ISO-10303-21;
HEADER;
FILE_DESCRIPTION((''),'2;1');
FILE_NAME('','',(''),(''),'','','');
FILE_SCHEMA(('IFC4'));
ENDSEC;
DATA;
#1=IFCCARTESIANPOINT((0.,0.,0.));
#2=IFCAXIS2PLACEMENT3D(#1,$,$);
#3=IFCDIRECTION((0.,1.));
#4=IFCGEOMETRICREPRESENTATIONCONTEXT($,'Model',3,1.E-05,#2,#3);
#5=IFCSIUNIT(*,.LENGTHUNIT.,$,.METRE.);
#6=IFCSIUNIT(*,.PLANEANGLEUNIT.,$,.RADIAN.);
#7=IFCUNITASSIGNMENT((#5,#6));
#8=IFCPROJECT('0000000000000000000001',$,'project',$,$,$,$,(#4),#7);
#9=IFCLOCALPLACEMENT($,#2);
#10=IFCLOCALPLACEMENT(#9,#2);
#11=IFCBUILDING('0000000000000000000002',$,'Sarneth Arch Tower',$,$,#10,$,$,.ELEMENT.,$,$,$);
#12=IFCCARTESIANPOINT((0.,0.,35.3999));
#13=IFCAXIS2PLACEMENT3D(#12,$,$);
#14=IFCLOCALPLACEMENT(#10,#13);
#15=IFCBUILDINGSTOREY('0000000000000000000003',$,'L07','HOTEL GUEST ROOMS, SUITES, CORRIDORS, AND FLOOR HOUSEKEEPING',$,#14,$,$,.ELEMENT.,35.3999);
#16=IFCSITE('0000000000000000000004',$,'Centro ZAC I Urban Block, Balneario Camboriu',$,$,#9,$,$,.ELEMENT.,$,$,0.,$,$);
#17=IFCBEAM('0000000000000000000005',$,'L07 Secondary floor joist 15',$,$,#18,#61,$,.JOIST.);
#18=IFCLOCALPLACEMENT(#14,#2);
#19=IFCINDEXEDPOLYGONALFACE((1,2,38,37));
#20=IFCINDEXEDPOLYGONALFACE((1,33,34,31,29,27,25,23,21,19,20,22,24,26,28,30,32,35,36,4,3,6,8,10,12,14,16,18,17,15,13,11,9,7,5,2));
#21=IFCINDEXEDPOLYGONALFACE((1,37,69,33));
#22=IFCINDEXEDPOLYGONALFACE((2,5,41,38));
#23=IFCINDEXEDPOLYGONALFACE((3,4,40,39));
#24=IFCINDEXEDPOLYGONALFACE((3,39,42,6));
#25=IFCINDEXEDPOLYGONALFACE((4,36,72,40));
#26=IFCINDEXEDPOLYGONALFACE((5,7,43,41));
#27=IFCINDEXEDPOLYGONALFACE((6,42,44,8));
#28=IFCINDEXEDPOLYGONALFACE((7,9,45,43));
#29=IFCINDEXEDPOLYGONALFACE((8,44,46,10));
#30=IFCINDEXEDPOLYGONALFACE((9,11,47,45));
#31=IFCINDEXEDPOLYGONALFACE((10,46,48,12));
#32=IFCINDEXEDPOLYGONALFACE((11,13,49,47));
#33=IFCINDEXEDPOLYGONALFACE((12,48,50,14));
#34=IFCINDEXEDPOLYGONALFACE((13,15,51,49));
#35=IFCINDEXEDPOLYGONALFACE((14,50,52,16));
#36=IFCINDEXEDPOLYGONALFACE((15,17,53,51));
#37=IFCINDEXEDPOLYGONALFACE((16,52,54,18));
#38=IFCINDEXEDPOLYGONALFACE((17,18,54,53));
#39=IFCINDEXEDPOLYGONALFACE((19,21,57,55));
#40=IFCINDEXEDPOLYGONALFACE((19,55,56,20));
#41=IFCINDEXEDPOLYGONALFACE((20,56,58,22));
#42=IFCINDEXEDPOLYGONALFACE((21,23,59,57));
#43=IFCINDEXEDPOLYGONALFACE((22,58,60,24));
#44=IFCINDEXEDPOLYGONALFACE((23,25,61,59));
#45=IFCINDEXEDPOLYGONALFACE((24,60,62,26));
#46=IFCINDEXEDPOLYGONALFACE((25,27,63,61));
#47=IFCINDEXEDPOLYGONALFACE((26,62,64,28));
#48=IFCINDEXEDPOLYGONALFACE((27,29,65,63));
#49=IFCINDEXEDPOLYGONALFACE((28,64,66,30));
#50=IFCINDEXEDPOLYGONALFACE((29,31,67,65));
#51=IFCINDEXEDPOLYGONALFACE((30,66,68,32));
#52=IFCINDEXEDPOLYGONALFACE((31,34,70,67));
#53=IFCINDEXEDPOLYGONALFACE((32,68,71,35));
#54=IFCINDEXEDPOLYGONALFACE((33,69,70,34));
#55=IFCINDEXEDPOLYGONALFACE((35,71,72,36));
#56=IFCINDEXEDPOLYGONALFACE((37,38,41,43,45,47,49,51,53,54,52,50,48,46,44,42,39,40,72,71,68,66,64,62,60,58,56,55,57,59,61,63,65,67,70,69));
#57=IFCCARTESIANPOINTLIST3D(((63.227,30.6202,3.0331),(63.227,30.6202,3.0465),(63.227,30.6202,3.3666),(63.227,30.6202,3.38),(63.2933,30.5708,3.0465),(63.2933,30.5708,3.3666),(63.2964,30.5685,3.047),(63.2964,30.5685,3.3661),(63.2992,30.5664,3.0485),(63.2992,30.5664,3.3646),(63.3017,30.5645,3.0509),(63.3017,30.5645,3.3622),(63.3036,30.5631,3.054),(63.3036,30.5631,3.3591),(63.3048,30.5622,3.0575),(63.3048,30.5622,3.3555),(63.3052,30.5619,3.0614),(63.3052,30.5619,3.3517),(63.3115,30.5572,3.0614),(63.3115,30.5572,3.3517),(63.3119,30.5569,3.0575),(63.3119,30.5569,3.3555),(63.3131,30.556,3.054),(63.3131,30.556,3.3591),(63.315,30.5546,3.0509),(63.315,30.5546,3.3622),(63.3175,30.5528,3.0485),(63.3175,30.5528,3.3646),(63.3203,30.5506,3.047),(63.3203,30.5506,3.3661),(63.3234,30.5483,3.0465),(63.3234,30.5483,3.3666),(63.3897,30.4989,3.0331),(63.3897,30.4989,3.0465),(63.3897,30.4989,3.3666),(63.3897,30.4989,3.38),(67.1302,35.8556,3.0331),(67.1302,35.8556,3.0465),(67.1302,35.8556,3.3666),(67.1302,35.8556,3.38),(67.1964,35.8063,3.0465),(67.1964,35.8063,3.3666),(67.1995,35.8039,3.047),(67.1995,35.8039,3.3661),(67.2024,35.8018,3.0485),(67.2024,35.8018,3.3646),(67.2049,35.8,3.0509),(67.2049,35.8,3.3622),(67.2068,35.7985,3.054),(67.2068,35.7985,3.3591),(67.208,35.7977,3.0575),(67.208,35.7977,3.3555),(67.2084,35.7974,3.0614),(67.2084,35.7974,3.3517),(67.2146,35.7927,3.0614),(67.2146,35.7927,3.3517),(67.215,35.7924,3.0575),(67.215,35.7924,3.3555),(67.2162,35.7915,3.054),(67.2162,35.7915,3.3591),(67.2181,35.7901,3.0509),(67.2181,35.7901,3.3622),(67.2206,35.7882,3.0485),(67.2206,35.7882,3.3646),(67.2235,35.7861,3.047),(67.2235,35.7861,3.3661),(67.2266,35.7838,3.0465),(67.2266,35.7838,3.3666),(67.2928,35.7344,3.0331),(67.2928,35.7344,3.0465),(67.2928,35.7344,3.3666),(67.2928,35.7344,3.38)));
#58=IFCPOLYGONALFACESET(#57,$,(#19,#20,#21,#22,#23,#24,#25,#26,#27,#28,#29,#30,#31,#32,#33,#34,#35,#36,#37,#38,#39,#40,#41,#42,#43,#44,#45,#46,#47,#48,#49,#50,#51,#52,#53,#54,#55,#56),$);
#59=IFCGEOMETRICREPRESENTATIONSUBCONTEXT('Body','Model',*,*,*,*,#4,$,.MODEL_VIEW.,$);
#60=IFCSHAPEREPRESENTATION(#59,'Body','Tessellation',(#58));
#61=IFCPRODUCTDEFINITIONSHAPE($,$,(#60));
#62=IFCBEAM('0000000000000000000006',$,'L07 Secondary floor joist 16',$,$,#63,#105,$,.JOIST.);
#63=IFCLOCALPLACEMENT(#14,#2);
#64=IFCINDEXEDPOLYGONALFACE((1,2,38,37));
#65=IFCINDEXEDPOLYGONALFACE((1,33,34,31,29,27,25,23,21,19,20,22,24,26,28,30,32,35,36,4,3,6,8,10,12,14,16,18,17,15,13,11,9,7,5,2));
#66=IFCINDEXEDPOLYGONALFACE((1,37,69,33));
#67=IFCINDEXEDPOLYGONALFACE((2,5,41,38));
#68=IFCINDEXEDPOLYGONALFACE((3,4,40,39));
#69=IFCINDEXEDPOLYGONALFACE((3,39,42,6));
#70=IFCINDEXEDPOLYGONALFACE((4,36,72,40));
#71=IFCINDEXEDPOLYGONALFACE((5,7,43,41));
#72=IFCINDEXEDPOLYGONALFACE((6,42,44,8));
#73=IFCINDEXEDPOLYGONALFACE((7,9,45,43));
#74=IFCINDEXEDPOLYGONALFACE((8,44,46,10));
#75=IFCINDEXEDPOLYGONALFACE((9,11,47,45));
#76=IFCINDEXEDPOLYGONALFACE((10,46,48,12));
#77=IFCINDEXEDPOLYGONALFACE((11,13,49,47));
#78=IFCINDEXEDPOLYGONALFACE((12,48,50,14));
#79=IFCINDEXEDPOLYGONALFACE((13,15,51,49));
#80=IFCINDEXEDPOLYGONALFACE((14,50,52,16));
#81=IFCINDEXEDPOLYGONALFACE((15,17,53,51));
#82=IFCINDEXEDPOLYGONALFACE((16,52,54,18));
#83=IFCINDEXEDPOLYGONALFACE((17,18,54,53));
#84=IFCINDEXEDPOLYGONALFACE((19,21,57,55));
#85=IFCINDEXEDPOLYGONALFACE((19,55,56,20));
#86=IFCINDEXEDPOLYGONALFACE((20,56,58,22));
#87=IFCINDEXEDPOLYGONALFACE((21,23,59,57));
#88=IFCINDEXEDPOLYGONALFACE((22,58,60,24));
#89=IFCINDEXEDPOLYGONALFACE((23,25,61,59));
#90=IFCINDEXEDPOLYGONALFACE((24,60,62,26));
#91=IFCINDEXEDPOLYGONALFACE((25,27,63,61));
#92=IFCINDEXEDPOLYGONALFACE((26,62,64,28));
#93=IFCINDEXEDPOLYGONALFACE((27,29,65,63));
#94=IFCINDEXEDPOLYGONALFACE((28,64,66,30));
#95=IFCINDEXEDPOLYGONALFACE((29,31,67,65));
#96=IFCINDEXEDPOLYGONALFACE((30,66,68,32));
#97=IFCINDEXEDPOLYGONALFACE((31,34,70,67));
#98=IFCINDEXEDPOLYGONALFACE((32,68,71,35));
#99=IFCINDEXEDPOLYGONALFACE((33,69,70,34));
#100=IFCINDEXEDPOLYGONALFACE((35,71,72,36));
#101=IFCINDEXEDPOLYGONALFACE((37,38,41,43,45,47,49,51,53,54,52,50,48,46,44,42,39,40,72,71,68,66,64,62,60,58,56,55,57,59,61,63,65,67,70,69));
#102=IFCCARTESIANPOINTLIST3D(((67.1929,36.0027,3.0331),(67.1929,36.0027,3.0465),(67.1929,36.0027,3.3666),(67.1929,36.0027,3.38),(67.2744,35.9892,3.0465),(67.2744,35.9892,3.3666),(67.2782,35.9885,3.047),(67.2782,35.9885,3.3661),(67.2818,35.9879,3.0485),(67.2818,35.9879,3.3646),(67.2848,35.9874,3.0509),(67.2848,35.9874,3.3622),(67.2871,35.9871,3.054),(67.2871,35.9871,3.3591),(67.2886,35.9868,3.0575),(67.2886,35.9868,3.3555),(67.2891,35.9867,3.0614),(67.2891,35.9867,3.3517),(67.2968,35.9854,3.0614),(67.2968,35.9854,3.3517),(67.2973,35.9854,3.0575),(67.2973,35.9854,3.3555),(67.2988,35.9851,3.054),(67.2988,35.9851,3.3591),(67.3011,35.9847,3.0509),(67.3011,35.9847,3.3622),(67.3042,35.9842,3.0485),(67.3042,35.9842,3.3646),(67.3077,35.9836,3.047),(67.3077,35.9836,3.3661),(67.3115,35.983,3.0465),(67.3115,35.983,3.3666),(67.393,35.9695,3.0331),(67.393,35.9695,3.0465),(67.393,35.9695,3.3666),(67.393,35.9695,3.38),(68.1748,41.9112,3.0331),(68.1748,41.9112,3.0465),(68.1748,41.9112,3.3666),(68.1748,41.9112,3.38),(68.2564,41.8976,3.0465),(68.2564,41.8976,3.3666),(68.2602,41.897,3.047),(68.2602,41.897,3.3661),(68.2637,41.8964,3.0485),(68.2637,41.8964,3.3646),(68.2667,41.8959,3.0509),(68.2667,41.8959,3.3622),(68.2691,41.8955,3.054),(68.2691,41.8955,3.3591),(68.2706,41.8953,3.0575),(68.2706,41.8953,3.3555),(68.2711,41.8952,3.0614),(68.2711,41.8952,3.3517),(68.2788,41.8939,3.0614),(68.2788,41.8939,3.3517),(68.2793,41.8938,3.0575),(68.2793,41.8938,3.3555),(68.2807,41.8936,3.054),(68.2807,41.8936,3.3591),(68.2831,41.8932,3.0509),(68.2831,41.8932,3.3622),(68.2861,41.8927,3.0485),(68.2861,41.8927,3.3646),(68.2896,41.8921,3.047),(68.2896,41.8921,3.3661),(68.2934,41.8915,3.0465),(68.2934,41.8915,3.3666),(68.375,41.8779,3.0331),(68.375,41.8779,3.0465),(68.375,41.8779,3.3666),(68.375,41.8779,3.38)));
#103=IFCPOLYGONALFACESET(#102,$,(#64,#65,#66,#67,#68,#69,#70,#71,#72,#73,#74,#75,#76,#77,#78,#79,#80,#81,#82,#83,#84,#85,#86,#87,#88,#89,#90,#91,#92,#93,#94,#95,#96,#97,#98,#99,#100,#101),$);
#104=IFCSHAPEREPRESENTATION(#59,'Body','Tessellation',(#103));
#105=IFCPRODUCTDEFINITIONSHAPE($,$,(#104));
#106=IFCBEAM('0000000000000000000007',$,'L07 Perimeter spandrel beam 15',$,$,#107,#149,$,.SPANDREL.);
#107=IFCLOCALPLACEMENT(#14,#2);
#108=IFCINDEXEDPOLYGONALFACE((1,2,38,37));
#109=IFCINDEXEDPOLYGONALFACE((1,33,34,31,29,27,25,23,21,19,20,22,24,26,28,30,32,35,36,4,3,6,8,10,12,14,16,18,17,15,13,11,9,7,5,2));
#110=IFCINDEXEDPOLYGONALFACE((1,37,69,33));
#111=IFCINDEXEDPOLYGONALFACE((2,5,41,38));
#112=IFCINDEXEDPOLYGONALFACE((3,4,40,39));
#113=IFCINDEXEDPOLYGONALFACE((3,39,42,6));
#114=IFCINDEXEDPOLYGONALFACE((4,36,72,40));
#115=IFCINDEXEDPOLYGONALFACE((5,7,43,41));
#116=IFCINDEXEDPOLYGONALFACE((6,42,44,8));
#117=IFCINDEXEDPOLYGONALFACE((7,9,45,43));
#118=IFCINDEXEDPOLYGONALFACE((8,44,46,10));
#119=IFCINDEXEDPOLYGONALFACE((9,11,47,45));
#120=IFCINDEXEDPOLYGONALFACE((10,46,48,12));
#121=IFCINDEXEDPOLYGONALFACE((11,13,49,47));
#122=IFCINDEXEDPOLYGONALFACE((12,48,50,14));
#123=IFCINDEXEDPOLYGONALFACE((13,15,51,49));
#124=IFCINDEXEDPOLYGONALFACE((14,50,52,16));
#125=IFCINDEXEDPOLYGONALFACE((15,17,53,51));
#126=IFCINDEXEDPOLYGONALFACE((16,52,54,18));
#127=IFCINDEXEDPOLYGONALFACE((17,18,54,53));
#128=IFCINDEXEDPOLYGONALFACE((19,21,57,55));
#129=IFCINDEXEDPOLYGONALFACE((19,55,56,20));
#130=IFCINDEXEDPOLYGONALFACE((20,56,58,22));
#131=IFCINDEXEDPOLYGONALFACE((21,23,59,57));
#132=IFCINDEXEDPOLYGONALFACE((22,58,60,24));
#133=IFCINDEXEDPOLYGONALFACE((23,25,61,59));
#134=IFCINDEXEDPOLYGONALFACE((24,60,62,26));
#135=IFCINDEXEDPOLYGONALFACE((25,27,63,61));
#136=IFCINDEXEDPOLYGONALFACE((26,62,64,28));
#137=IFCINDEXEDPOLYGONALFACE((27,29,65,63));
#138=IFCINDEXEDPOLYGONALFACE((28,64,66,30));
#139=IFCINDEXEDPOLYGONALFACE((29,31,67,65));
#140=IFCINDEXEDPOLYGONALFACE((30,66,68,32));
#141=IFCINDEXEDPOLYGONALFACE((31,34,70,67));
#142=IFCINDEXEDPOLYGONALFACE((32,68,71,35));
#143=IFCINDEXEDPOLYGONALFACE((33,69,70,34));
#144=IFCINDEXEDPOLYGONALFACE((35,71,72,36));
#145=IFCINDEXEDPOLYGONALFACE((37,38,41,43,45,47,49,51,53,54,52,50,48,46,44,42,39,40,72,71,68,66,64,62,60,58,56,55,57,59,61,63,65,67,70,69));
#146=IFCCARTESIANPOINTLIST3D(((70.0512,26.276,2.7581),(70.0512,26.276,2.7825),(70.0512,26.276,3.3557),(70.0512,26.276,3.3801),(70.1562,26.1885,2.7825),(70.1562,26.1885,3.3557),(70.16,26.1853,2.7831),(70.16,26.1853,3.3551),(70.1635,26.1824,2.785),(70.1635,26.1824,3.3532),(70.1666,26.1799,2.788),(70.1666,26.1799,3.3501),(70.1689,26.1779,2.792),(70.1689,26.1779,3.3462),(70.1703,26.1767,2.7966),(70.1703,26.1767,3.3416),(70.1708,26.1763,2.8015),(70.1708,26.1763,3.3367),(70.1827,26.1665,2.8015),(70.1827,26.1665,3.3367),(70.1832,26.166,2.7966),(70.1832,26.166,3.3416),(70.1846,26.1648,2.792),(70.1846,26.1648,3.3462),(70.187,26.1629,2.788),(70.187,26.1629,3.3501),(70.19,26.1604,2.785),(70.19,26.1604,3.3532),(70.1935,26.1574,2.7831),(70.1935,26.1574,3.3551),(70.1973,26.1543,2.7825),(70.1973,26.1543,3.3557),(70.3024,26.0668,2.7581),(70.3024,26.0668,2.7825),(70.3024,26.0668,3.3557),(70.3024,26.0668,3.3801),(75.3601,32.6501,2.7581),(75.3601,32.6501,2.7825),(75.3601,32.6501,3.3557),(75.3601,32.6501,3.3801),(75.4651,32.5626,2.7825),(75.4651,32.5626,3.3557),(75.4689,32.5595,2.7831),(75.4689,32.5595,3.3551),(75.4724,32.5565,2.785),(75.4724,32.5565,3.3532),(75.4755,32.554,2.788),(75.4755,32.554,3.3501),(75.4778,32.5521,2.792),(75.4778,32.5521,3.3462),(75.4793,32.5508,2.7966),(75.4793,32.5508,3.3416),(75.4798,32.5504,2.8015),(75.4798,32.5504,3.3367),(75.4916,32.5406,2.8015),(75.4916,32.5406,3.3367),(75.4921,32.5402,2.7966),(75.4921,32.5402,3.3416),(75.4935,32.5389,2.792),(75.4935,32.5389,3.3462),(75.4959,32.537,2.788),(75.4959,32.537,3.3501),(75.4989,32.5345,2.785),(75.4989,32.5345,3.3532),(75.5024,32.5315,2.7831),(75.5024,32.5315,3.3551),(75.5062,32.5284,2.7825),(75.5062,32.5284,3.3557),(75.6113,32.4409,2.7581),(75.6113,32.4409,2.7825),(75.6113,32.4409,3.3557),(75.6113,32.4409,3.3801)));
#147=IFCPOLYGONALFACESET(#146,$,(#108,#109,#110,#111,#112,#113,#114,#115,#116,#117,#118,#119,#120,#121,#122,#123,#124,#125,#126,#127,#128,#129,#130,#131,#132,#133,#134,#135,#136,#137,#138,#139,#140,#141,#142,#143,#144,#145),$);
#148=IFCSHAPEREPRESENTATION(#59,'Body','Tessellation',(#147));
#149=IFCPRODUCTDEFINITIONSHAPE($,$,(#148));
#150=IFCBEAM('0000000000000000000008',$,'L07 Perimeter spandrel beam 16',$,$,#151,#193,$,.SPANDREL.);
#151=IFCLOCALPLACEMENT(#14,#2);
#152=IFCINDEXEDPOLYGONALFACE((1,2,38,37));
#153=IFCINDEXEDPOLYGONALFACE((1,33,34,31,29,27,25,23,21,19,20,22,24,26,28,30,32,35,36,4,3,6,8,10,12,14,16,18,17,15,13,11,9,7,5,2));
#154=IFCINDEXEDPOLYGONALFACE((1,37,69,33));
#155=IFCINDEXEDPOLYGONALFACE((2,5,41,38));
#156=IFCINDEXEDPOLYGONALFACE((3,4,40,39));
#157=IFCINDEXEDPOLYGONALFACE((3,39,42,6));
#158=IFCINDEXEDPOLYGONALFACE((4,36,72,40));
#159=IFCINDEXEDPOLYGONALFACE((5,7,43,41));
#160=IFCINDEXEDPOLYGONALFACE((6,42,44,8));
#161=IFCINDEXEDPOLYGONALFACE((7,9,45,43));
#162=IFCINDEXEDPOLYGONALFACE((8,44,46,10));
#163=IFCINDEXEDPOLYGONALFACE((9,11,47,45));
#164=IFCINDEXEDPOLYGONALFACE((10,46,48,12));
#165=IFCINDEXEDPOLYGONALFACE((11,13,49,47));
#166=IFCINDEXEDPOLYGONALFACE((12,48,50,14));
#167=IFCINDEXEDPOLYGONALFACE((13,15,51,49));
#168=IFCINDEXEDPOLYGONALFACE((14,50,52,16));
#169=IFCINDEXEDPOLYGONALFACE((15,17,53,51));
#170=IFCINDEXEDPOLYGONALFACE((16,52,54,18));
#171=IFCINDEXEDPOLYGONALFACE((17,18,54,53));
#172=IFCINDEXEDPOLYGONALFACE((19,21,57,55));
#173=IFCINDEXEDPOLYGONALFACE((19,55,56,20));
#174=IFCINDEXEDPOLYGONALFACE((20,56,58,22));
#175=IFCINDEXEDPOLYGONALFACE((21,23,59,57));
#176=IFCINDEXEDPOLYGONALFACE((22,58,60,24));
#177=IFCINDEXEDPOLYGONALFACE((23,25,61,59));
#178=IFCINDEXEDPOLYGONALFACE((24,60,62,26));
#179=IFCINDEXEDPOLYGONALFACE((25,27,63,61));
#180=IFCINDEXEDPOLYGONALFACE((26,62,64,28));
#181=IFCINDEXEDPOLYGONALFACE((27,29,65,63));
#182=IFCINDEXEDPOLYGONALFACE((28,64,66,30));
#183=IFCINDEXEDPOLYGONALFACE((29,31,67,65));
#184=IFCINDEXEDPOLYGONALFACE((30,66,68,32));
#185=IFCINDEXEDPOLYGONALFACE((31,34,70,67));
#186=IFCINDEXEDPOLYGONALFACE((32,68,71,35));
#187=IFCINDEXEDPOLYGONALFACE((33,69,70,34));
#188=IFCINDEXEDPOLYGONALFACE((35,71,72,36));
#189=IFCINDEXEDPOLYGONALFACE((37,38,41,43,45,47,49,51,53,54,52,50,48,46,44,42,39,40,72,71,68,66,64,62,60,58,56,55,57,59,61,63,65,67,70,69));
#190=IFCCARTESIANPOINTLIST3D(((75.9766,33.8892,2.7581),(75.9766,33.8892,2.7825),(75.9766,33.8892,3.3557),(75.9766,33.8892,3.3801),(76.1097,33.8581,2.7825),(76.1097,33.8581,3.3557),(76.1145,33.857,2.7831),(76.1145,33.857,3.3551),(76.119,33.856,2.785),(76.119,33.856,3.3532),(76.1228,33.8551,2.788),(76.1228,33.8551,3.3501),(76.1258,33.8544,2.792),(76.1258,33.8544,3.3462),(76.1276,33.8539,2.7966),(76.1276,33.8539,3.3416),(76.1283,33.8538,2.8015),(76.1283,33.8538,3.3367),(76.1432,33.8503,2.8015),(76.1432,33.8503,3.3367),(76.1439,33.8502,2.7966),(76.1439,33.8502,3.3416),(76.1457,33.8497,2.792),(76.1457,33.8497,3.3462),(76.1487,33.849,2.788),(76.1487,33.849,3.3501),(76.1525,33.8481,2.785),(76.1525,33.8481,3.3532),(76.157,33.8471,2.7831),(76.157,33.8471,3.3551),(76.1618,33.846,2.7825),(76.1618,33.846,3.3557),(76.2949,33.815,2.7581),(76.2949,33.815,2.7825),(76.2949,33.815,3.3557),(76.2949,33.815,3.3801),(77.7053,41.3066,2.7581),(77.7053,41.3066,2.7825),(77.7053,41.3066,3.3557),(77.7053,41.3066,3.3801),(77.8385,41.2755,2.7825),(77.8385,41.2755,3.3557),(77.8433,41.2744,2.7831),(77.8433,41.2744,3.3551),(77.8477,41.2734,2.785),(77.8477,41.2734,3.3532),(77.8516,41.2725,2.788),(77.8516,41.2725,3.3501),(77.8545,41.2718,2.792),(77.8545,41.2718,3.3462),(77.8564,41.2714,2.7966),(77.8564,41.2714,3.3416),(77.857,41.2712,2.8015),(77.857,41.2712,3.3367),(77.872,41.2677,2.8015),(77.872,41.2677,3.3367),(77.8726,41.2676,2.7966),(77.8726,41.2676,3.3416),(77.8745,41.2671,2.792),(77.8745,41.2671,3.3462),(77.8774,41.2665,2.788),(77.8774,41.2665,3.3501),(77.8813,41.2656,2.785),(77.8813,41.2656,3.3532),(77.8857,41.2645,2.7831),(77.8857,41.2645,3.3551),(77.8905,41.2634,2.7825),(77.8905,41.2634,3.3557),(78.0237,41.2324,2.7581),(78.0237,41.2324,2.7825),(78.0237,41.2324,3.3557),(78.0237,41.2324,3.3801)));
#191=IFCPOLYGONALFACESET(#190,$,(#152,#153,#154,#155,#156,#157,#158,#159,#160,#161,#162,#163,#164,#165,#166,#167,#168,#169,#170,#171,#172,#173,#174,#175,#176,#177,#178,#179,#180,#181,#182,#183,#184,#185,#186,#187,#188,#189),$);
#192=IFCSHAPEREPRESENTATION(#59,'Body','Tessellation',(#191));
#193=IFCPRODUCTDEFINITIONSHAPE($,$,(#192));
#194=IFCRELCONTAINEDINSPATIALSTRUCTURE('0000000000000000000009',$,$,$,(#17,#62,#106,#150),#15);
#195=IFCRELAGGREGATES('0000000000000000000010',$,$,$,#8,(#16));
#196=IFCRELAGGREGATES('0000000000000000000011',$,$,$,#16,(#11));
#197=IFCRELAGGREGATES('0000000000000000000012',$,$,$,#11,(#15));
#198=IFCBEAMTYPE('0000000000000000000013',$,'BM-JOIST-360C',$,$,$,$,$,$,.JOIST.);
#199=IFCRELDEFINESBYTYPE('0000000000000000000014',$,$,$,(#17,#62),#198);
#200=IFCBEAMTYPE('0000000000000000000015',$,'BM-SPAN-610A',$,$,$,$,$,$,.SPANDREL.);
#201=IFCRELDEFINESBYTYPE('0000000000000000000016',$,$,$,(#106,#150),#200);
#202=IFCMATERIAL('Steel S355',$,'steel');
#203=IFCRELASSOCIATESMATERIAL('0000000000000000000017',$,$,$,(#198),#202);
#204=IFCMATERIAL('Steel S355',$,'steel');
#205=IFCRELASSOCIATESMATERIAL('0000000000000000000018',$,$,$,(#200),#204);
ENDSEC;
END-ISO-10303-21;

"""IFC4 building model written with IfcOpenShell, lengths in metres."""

from ifc_helpers import new_model, si_unit, direction, frame, origin, origin_2d, place, context, subcontext, project, spatial, i_section, extrude, material, material_profile, profile_set, type_object, element, save


model = new_model("IFC4")

# Units and contexts
model_context = context("Model", 3, precision=1e-05, world=origin(), true_north=direction((0.0, 1.0)))
body_context = subcontext(model_context, "Body", "Model", "MODEL_VIEW")
ifc_project = project(units=[si_unit("LENGTHUNIT", "METRE"), si_unit("PLANEANGLEUNIT", "RADIAN")], contexts=[model_context])

# Site, building, storey
site_placement = place(None, origin())
site = spatial("IfcSite", under=ifc_project, at=site_placement, Name="Centro ZAC I Urban Block, Balneario Camboriu", CompositionType="ELEMENT", RefElevation=0.0)
building_placement = place(site_placement, origin())
building = spatial("IfcBuilding", under=site, at=building_placement, Name="Sarneth Arch Tower", CompositionType="ELEMENT")
storey_placement = place(building_placement, frame((0.0, 0.0, 35.3999)))
storey = spatial("IfcBuildingStorey", under=building, at=storey_placement, Name="L07", Description="HOTEL GUEST ROOMS, SUITES, CORRIDORS, AND FLOOR HOUSEKEEPING", CompositionType="ELEMENT", Elevation=35.3999)

# Beams
ifc_material_1 = material(Name="Steel S355", Category="steel")
ifc_material_profile_1 = material_profile(ifc_material_1, i_section(OverallWidth=0.2029, OverallDepth=0.3469, WebThickness=0.0078, FlangeThickness=0.0134, FilletRadius=0.0149, at=origin_2d()), Name="W360x64")
ifc_profile_set_1 = profile_set([ifc_material_profile_1], Name="Steel S355")
beam_type_1 = type_object("IfcBeamType", Name="BM-JOIST-360C", PredefinedType="JOIST", material=ifc_profile_set_1)
beam_1_placement = place(storey_placement, frame((63.3083, 30.5596, 3.2065), z_axis=(0.5977, 0.801719, 0.0), x_axis=(-0.801719, 0.5977, 0.0)))
element("IfcBeam", 1, at=beam_1_placement, inside=storey, type_object=beam_type_1, Name="L07 Secondary floor joist 15", PredefinedType="JOIST", context=body_context, shape_type="SweptSolid", body=[
    extrude(i_section(OverallWidth=0.2029, OverallDepth=0.3469, WebThickness=0.0078, FlangeThickness=0.0134, FilletRadius=0.0149, at=origin_2d()), origin(), (0.0, 0.0, 1.0), 6.5303),
])
beam_2_placement = place(storey_placement, frame((67.293, 35.9861, 3.2065), z_axis=(0.163943, 0.98647, 0.0), x_axis=(-0.98647, 0.163943, 0.0)))
element("IfcBeam", 2, at=beam_2_placement, inside=storey, type_object=beam_type_1, Name="L07 Secondary floor joist 16", PredefinedType="JOIST", context=body_context, shape_type="SweptSolid", body=[
    extrude(i_section(OverallWidth=0.2029, OverallDepth=0.3469, WebThickness=0.0078, FlangeThickness=0.0134, FilletRadius=0.0149, at=origin_2d()), origin(), (0.0, 0.0, 1.0), 5.9895),
])
ifc_material_2 = material(Name="Steel S355", Category="steel")
ifc_material_profile_2 = material_profile(ifc_material_2, i_section(OverallWidth=0.3269, OverallDepth=0.6221, WebThickness=0.0154, FlangeThickness=0.0244, FilletRadius=0.019, at=origin_2d()), Name="W610x195")
ifc_profile_set_2 = profile_set([ifc_material_profile_2], Name="Steel S355")
beam_type_2 = type_object("IfcBeamType", Name="BM-SPAN-610A", PredefinedType="SPANDREL", material=ifc_profile_set_2)
beam_3_placement = place(storey_placement, frame((70.1768, 26.1714, 3.0691), z_axis=(0.639982, 0.76839, 0.0), x_axis=(-0.76839, 0.639982, 0.0)))
element("IfcBeam", 3, at=beam_3_placement, inside=storey, type_object=beam_type_2, Name="L07 Perimeter spandrel beam 15", PredefinedType="SPANDREL", context=body_context, shape_type="SweptSolid", body=[
    extrude(i_section(OverallWidth=0.3269, OverallDepth=0.6221, WebThickness=0.0154, FlangeThickness=0.0244, FilletRadius=0.019, at=origin_2d()), origin(), (0.0, 0.0, 1.0), 8.2954),
])
beam_4_placement = place(storey_placement, frame((76.1357, 33.8521, 3.0691), z_axis=(0.226982, 0.973899, 0.0), x_axis=(-0.973899, 0.226982, 0.0)))
element("IfcBeam", 4, at=beam_4_placement, inside=storey, type_object=beam_type_2, Name="L07 Perimeter spandrel beam 16", PredefinedType="SPANDREL", context=body_context, shape_type="SweptSolid", body=[
    extrude(i_section(OverallWidth=0.3269, OverallDepth=0.6221, WebThickness=0.0154, FlangeThickness=0.0244, FilletRadius=0.019, at=origin_2d()), origin(), (0.0, 0.0, 1.0), 7.6162),
])

save(model, "model.ifc")
